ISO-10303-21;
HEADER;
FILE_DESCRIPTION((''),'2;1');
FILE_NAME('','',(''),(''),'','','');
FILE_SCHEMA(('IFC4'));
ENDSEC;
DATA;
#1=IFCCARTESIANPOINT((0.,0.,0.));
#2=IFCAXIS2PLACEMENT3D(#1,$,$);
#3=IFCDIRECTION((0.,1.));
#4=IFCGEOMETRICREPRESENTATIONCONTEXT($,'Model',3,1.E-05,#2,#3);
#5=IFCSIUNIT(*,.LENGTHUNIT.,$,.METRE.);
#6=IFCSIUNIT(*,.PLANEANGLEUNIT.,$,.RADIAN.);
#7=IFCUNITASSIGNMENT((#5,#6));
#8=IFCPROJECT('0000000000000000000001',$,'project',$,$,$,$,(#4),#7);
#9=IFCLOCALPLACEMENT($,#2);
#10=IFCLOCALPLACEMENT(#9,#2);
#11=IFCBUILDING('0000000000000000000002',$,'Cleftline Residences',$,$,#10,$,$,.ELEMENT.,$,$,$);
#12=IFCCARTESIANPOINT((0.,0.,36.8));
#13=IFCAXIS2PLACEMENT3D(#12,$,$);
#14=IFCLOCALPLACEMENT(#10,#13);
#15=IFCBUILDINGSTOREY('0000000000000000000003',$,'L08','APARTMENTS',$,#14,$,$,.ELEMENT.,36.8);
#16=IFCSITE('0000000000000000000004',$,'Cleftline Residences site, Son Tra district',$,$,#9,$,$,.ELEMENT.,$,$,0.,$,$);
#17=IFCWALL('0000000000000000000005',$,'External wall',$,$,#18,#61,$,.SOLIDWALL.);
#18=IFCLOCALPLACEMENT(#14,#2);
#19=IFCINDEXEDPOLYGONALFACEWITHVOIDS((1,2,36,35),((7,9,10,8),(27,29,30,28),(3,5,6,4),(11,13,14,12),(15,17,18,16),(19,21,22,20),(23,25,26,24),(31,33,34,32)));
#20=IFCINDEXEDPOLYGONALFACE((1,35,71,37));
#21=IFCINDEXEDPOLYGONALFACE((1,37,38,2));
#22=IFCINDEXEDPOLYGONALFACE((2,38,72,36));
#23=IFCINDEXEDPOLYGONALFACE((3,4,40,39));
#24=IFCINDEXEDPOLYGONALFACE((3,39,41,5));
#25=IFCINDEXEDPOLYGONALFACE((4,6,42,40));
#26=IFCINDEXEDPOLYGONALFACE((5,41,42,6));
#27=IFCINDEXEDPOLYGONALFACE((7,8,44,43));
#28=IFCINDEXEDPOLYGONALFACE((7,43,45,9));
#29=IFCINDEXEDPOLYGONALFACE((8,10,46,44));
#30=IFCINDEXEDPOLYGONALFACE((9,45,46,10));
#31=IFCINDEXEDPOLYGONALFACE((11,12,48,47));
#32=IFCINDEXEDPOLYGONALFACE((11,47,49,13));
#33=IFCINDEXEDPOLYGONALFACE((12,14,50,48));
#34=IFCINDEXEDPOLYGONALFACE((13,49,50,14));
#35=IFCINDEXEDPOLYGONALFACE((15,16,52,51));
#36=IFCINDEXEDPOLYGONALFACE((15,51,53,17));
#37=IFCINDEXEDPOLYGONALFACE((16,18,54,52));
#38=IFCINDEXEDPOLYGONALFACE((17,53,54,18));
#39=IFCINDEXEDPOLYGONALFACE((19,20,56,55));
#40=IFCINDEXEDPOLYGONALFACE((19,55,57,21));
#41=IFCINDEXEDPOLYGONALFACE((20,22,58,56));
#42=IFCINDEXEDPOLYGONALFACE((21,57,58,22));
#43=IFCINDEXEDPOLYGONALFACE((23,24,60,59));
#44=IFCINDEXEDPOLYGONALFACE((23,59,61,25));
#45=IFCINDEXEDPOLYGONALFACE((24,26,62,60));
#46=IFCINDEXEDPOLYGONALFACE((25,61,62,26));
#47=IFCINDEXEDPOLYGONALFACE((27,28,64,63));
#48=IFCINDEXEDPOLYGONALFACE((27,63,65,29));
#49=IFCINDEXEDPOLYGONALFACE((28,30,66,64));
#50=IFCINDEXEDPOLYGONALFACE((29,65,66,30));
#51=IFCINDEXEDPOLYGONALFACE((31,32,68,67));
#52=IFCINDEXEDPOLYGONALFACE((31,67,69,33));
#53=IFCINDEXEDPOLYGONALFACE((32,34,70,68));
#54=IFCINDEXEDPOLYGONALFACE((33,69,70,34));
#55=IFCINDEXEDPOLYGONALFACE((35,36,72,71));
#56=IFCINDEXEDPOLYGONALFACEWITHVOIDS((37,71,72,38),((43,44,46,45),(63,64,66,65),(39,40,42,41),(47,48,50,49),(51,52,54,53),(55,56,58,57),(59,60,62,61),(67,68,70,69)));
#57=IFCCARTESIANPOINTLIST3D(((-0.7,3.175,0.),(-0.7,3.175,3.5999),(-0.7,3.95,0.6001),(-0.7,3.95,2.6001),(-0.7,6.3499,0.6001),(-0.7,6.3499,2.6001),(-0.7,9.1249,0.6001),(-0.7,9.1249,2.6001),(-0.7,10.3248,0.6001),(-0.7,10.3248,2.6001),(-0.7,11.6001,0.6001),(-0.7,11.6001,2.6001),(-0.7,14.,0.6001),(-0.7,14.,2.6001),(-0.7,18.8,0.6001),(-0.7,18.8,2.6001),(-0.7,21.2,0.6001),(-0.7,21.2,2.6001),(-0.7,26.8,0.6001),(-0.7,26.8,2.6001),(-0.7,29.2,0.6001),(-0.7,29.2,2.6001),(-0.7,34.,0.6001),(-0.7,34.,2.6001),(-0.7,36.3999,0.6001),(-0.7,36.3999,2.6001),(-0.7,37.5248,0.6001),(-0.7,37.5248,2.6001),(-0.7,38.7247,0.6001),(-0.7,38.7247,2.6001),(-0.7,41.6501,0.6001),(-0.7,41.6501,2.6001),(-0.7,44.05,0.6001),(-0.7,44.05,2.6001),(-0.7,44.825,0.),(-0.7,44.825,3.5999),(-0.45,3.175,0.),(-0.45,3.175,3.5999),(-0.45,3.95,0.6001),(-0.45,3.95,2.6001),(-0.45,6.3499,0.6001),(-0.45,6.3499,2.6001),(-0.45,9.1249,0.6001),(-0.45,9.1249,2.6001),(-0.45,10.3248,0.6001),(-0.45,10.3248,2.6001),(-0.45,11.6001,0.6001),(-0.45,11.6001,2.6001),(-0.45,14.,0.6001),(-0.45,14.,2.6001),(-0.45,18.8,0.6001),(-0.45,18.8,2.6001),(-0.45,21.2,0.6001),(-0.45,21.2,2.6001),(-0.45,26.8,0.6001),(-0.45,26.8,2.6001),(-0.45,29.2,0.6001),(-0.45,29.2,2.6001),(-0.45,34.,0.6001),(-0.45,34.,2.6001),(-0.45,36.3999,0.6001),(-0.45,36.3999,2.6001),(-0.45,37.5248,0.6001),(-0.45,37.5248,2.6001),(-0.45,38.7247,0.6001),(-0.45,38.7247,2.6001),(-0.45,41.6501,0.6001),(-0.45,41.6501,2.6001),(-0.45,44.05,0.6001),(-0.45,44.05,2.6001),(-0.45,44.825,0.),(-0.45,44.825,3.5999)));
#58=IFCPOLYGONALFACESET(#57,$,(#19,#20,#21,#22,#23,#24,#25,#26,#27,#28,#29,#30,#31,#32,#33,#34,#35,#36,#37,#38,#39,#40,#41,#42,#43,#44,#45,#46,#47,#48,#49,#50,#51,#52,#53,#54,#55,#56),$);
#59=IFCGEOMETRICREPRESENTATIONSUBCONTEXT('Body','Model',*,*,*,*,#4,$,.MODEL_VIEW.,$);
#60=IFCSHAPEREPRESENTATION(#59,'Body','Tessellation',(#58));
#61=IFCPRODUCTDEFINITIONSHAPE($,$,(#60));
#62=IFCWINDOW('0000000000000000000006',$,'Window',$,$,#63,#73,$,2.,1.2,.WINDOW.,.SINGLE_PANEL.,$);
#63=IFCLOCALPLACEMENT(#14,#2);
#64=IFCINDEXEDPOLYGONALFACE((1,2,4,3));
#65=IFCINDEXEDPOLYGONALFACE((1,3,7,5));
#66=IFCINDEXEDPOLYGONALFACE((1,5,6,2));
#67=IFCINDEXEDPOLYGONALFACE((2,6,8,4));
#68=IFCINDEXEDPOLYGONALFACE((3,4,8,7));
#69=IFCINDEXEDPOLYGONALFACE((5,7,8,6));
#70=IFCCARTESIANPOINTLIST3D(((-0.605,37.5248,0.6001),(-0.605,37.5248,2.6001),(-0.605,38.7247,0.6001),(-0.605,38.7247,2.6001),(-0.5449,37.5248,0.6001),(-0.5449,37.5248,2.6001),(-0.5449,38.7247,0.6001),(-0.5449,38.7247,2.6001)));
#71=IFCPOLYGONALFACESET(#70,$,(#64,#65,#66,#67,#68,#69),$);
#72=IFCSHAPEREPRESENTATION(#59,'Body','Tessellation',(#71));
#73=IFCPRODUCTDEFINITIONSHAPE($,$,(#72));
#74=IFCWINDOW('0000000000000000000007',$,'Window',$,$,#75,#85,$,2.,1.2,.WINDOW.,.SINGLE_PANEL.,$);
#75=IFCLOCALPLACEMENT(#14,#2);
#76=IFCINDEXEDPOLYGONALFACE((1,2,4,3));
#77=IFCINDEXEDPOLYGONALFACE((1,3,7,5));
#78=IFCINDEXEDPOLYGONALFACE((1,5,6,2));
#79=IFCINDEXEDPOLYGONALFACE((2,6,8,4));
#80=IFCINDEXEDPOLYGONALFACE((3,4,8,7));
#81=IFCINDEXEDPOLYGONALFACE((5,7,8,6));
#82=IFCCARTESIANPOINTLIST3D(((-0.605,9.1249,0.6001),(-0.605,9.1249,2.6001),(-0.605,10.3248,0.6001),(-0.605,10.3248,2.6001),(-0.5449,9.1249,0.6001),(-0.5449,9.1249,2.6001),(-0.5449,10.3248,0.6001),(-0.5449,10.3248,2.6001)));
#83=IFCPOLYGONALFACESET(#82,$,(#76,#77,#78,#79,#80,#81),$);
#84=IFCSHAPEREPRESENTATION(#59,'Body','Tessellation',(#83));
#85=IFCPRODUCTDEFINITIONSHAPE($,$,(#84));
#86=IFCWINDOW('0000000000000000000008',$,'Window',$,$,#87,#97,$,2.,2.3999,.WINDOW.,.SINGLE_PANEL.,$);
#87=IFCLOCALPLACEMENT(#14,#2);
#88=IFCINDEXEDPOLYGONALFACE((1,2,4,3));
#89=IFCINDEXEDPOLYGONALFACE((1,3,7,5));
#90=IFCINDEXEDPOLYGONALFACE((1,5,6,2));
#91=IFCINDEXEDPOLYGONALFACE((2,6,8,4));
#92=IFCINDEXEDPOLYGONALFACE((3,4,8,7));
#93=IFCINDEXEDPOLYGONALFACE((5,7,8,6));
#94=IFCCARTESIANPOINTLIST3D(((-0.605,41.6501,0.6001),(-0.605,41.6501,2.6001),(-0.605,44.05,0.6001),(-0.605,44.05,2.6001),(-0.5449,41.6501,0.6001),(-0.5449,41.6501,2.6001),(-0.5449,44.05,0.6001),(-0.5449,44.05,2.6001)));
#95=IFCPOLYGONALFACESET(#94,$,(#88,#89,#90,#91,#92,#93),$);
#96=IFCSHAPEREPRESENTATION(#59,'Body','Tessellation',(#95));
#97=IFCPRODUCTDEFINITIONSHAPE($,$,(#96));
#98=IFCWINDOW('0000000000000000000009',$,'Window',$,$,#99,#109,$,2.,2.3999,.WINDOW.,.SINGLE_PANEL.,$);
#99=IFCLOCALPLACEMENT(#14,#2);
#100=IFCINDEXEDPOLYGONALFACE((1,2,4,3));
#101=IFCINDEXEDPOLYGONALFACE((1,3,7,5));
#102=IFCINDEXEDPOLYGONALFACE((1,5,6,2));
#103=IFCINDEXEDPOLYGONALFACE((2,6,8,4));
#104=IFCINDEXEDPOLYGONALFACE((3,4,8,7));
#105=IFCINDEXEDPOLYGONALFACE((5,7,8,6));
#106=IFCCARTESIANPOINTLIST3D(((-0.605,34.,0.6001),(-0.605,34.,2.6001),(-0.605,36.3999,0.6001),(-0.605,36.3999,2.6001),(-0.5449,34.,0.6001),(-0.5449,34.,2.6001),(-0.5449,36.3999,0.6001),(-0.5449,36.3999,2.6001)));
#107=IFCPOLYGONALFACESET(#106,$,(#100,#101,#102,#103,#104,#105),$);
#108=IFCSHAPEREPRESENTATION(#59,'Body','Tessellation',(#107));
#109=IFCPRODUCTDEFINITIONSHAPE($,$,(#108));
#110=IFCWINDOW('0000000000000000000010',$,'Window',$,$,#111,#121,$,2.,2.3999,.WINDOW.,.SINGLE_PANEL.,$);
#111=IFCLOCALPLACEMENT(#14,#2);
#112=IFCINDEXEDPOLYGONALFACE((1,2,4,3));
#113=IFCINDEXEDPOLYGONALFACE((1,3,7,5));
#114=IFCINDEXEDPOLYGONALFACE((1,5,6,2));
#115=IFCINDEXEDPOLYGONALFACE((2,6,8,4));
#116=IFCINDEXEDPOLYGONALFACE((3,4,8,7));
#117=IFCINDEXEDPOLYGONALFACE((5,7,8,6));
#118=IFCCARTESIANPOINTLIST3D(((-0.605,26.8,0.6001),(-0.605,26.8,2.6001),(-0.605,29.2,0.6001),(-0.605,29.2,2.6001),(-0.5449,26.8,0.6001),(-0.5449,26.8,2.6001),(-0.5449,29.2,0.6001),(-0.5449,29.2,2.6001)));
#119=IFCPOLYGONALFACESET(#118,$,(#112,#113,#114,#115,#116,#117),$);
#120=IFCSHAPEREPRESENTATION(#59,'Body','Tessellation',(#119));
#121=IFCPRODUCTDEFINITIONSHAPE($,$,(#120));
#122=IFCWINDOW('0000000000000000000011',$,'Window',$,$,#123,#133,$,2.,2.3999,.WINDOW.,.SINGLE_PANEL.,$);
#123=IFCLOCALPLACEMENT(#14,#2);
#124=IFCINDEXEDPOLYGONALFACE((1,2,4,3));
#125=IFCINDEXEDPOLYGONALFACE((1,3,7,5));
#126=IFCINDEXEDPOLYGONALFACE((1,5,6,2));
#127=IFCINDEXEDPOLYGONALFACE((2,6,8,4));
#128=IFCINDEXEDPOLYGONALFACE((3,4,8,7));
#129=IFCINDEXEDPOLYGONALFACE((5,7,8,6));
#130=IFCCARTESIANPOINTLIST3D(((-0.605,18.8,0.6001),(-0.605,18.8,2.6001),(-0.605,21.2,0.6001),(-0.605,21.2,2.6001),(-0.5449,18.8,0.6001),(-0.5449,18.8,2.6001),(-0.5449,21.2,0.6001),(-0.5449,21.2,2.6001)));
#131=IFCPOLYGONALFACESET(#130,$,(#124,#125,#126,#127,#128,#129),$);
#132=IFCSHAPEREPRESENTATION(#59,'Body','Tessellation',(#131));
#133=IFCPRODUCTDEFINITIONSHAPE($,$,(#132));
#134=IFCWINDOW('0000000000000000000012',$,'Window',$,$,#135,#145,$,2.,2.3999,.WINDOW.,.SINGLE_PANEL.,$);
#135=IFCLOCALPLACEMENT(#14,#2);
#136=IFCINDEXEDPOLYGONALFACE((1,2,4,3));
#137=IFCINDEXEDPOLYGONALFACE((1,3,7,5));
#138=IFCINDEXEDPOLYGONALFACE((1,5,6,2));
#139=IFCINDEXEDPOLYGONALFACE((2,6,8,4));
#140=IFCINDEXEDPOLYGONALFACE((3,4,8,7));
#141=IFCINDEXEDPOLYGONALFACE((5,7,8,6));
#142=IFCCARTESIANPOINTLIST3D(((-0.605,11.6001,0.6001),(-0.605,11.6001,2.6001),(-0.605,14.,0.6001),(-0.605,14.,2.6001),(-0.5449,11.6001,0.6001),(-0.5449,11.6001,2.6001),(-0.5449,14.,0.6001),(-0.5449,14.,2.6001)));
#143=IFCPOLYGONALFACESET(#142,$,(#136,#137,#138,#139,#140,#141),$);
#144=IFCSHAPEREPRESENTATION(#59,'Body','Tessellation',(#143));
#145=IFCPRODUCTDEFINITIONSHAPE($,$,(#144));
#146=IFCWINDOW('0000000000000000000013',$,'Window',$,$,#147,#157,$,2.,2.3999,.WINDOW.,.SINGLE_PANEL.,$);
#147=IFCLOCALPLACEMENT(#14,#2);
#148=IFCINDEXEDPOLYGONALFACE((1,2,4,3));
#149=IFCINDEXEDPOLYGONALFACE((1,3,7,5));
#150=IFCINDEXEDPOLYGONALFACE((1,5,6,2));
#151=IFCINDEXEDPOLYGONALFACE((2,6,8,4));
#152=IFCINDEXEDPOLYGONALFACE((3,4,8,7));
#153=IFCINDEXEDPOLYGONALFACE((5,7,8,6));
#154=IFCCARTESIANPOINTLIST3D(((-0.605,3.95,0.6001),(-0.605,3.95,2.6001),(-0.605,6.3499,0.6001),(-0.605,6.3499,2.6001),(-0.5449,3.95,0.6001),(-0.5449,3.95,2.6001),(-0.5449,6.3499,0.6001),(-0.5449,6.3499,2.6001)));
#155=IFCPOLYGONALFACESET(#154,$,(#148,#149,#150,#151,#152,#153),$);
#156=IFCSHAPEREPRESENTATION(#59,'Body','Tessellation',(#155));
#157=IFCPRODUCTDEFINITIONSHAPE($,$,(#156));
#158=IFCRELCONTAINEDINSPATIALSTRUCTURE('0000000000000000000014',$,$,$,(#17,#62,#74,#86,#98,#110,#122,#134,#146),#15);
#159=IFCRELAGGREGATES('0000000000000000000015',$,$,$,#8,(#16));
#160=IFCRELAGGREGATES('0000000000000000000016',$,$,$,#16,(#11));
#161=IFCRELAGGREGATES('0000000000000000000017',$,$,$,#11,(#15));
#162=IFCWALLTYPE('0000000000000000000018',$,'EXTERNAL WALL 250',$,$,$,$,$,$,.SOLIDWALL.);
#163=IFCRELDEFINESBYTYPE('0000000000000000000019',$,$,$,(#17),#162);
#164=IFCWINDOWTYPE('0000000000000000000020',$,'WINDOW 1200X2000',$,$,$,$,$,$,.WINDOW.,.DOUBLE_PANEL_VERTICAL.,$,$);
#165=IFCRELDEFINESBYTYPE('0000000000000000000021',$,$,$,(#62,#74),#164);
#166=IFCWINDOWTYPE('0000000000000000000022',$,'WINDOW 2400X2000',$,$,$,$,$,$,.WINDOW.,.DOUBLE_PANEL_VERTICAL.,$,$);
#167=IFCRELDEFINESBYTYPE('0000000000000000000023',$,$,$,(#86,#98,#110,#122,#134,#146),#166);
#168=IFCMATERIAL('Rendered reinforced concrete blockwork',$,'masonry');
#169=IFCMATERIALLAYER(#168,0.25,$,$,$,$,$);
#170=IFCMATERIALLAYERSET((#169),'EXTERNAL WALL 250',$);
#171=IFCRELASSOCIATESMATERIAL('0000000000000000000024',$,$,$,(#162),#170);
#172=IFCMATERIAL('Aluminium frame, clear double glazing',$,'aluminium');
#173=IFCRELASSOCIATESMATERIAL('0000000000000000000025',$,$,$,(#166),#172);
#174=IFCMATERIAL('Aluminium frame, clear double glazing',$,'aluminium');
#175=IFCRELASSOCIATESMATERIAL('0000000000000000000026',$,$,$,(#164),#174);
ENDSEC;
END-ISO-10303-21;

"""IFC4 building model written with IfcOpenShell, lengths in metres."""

from ifc_helpers import new_model, si_unit, direction, frame, frame_2d, origin, place, context, subcontext, project, spatial, rectangle, extrude, material, layer, layer_set, type_object, element, fill, save


model = new_model("IFC4")

# Units and contexts
model_context = context("Model", 3, precision=1e-05, world=origin(), true_north=direction((0.0, 1.0)))
body_context = subcontext(model_context, "Body", "Model", "MODEL_VIEW")
ifc_project = project(units=[si_unit("LENGTHUNIT", "METRE"), si_unit("PLANEANGLEUNIT", "RADIAN")], contexts=[model_context])

# Site, building, storey
site_placement = place(None, origin())
site = spatial("IfcSite", under=ifc_project, at=site_placement, Name="Cleftline Residences site, Son Tra district", CompositionType="ELEMENT", RefElevation=0.0)
building_placement = place(site_placement, origin())
building = spatial("IfcBuilding", under=site, at=building_placement, Name="Cleftline Residences", CompositionType="ELEMENT")
storey_placement = place(building_placement, frame((0.0, 0.0, 36.8)))
storey = spatial("IfcBuildingStorey", under=building, at=storey_placement, Name="L08", Description="APARTMENTS", CompositionType="ELEMENT", Elevation=36.8)

# Shared definitions
ifc_material_1 = material(Name="Rendered reinforced concrete blockwork", Category="masonry")
ifc_layer_1 = layer(ifc_material_1, 0.25)
ifc_layer_set_1 = layer_set([ifc_layer_1], Name="EXTERNAL WALL 250")
wall_type_1 = type_object("IfcWallType", Name="EXTERNAL WALL 250", PredefinedType="SOLIDWALL", material=ifc_layer_set_1)
ifc_material_2 = material(Name="Aluminium frame, clear double glazing", Category="aluminium")
window_type_1 = type_object("IfcWindowType", Name="WINDOW 2400X2000", PartitioningType="DOUBLE_PANEL_VERTICAL", PredefinedType="WINDOW", material=ifc_material_2)

# Wall, openings, windows
wall_1_placement = place(storey_placement, frame((-0.575, 44.825, 0.0), z_axis=(0.0, 0.0, 1.0), x_axis=(0.0, -1.0, 0.0)))
wall_1 = element("IfcWall", 1, at=wall_1_placement, inside=storey, type_object=wall_type_1, Name="External wall", PredefinedType="SOLIDWALL", context=body_context, shape_type="SweptSolid", body=[
    extrude(rectangle(XDim=41.6499, YDim=0.25, at=frame_2d((20.825, 0.0))), origin(), (0.0, 0.0, 1.0), 3.5999),
])
opening_1_placement = place(wall_1_placement, frame((0.7749, 0.0, 0.6001)))
opening_1 = element("IfcOpeningElement", 2, at=opening_1_placement, cuts=wall_1, PredefinedType="OPENING", context=body_context, shape_type="SweptSolid", body=[
    extrude(rectangle(XDim=2.3999, YDim=2.0, at=frame_2d((1.2, 1.0))), frame((0.0, 0.135, 0.0), z_axis=(0.0, -1.0, 0.0), x_axis=(1.0, 0.0, 0.0)), (0.0, 0.0, 1.0), 0.27),
])
opening_2_placement = place(wall_1_placement, frame((6.1001, 0.0, 0.6001)))
opening_2 = element("IfcOpeningElement", 3, at=opening_2_placement, cuts=wall_1, PredefinedType="OPENING", context=body_context, shape_type="SweptSolid", body=[
    extrude(rectangle(XDim=1.2, YDim=2.0, at=frame_2d((0.6001, 1.0))), frame((0.0, 0.135, 0.0), z_axis=(0.0, -1.0, 0.0), x_axis=(1.0, 0.0, 0.0)), (0.0, 0.0, 1.0), 0.27),
])
opening_3_placement = place(wall_1_placement, frame((8.425, 0.0, 0.6001)))
opening_3 = element("IfcOpeningElement", 4, at=opening_3_placement, cuts=wall_1, PredefinedType="OPENING", context=body_context, shape_type="SweptSolid", body=[
    extrude(rectangle(XDim=2.3999, YDim=2.0, at=frame_2d((1.2, 1.0))), frame((0.0, 0.135, 0.0), z_axis=(0.0, -1.0, 0.0), x_axis=(1.0, 0.0, 0.0)), (0.0, 0.0, 1.0), 0.27),
])
opening_4_placement = place(wall_1_placement, frame((15.625, 0.0, 0.6001)))
opening_4 = element("IfcOpeningElement", 5, at=opening_4_placement, cuts=wall_1, PredefinedType="OPENING", context=body_context, shape_type="SweptSolid", body=[
    extrude(rectangle(XDim=2.3999, YDim=2.0, at=frame_2d((1.2, 1.0))), frame((0.0, 0.135, 0.0), z_axis=(0.0, -1.0, 0.0), x_axis=(1.0, 0.0, 0.0)), (0.0, 0.0, 1.0), 0.27),
])
opening_5_placement = place(wall_1_placement, frame((23.625, 0.0, 0.6001)))
opening_5 = element("IfcOpeningElement", 6, at=opening_5_placement, cuts=wall_1, PredefinedType="OPENING", context=body_context, shape_type="SweptSolid", body=[
    extrude(rectangle(XDim=2.3999, YDim=2.0, at=frame_2d((1.2, 1.0))), frame((0.0, 0.135, 0.0), z_axis=(0.0, -1.0, 0.0), x_axis=(1.0, 0.0, 0.0)), (0.0, 0.0, 1.0), 0.27),
])
opening_6_placement = place(wall_1_placement, frame((30.825, 0.0, 0.6001)))
opening_6 = element("IfcOpeningElement", 7, at=opening_6_placement, cuts=wall_1, PredefinedType="OPENING", context=body_context, shape_type="SweptSolid", body=[
    extrude(rectangle(XDim=2.3999, YDim=2.0, at=frame_2d((1.2, 1.0))), frame((0.0, 0.135, 0.0), z_axis=(0.0, -1.0, 0.0), x_axis=(1.0, 0.0, 0.0)), (0.0, 0.0, 1.0), 0.27),
])
opening_7_placement = place(wall_1_placement, frame((34.5, 0.0, 0.6001)))
opening_7 = element("IfcOpeningElement", 8, at=opening_7_placement, cuts=wall_1, PredefinedType="OPENING", context=body_context, shape_type="SweptSolid", body=[
    extrude(rectangle(XDim=1.2, YDim=2.0, at=frame_2d((0.6001, 1.0))), frame((0.0, 0.135, 0.0), z_axis=(0.0, -1.0, 0.0), x_axis=(1.0, 0.0, 0.0)), (0.0, 0.0, 1.0), 0.27),
])
opening_8_placement = place(wall_1_placement, frame((38.4751, 0.0, 0.6001)))
opening_8 = element("IfcOpeningElement", 9, at=opening_8_placement, cuts=wall_1, PredefinedType="OPENING", context=body_context, shape_type="SweptSolid", body=[
    extrude(rectangle(XDim=2.3999, YDim=2.0, at=frame_2d((1.2, 1.0))), frame((0.0, 0.135, 0.0), z_axis=(0.0, -1.0, 0.0), x_axis=(1.0, 0.0, 0.0)), (0.0, 0.0, 1.0), 0.27),
])
ifc_material_3 = material(Name="Aluminium frame, clear double glazing", Category="aluminium")
window_type_2 = type_object("IfcWindowType", Name="WINDOW 1200X2000", PartitioningType="DOUBLE_PANEL_VERTICAL", PredefinedType="WINDOW", material=ifc_material_3)
window_1_placement = place(opening_2_placement, origin())
window_1 = element("IfcWindow", 10, at=window_1_placement, inside=storey, type_object=window_type_2, Name="Window", OverallHeight=2.0, OverallWidth=1.2, PartitioningType="SINGLE_PANEL", PredefinedType="WINDOW", context=body_context, shape_type="SweptSolid", body=[
    extrude(rectangle(XDim=1.2, YDim=2.0, at=frame_2d((0.6001, 1.0))), frame((0.0, 0.03, 0.0), z_axis=(0.0, -1.0, 0.0), x_axis=(1.0, 0.0, 0.0)), (0.0, 0.0, 1.0), 0.0601),
])
fill(opening_2, window_1)
window_2_placement = place(opening_7_placement, origin())
window_2 = element("IfcWindow", 11, at=window_2_placement, inside=storey, type_object=window_type_2, Name="Window", OverallHeight=2.0, OverallWidth=1.2, PartitioningType="SINGLE_PANEL", PredefinedType="WINDOW", context=body_context, shape_type="SweptSolid", body=[
    extrude(rectangle(XDim=1.2, YDim=2.0, at=frame_2d((0.6001, 1.0))), frame((0.0, 0.03, 0.0), z_axis=(0.0, -1.0, 0.0), x_axis=(1.0, 0.0, 0.0)), (0.0, 0.0, 1.0), 0.0601),
])
fill(opening_7, window_2)
window_3_placement = place(opening_1_placement, origin())
window_3 = element("IfcWindow", 12, at=window_3_placement, inside=storey, type_object=window_type_1, Name="Window", OverallHeight=2.0, OverallWidth=2.3999, PartitioningType="SINGLE_PANEL", PredefinedType="WINDOW", context=body_context, shape_type="SweptSolid", body=[
    extrude(rectangle(XDim=2.3999, YDim=2.0, at=frame_2d((1.2, 1.0))), frame((0.0, 0.03, 0.0), z_axis=(0.0, -1.0, 0.0), x_axis=(1.0, 0.0, 0.0)), (0.0, 0.0, 1.0), 0.0601),
])
fill(opening_1, window_3)
window_4_placement = place(opening_3_placement, origin())
window_4 = element("IfcWindow", 13, at=window_4_placement, inside=storey, type_object=window_type_1, Name="Window", OverallHeight=2.0, OverallWidth=2.3999, PartitioningType="SINGLE_PANEL", PredefinedType="WINDOW", context=body_context, shape_type="SweptSolid", body=[
    extrude(rectangle(XDim=2.3999, YDim=2.0, at=frame_2d((1.2, 1.0))), frame((0.0, 0.03, 0.0), z_axis=(0.0, -1.0, 0.0), x_axis=(1.0, 0.0, 0.0)), (0.0, 0.0, 1.0), 0.0601),
])
fill(opening_3, window_4)
window_5_placement = place(opening_4_placement, origin())
window_5 = element("IfcWindow", 14, at=window_5_placement, inside=storey, type_object=window_type_1, Name="Window", OverallHeight=2.0, OverallWidth=2.3999, PartitioningType="SINGLE_PANEL", PredefinedType="WINDOW", context=body_context, shape_type="SweptSolid", body=[
    extrude(rectangle(XDim=2.3999, YDim=2.0, at=frame_2d((1.2, 1.0))), frame((0.0, 0.03, 0.0), z_axis=(0.0, -1.0, 0.0), x_axis=(1.0, 0.0, 0.0)), (0.0, 0.0, 1.0), 0.0601),
])
fill(opening_4, window_5)
window_6_placement = place(opening_5_placement, origin())
window_6 = element("IfcWindow", 15, at=window_6_placement, inside=storey, type_object=window_type_1, Name="Window", OverallHeight=2.0, OverallWidth=2.3999, PartitioningType="SINGLE_PANEL", PredefinedType="WINDOW", context=body_context, shape_type="SweptSolid", body=[
    extrude(rectangle(XDim=2.3999, YDim=2.0, at=frame_2d((1.2, 1.0))), frame((0.0, 0.03, 0.0), z_axis=(0.0, -1.0, 0.0), x_axis=(1.0, 0.0, 0.0)), (0.0, 0.0, 1.0), 0.0601),
])
fill(opening_5, window_6)
window_7_placement = place(opening_6_placement, origin())
window_7 = element("IfcWindow", 16, at=window_7_placement, inside=storey, type_object=window_type_1, Name="Window", OverallHeight=2.0, OverallWidth=2.3999, PartitioningType="SINGLE_PANEL", PredefinedType="WINDOW", context=body_context, shape_type="SweptSolid", body=[
    extrude(rectangle(XDim=2.3999, YDim=2.0, at=frame_2d((1.2, 1.0))), frame((0.0, 0.03, 0.0), z_axis=(0.0, -1.0, 0.0), x_axis=(1.0, 0.0, 0.0)), (0.0, 0.0, 1.0), 0.0601),
])
fill(opening_6, window_7)
window_8_placement = place(opening_8_placement, origin())
window_8 = element("IfcWindow", 17, at=window_8_placement, inside=storey, type_object=window_type_1, Name="Window", OverallHeight=2.0, OverallWidth=2.3999, PartitioningType="SINGLE_PANEL", PredefinedType="WINDOW", context=body_context, shape_type="SweptSolid", body=[
    extrude(rectangle(XDim=2.3999, YDim=2.0, at=frame_2d((1.2, 1.0))), frame((0.0, 0.03, 0.0), z_axis=(0.0, -1.0, 0.0), x_axis=(1.0, 0.0, 0.0)), (0.0, 0.0, 1.0), 0.0601),
])
fill(opening_8, window_8)

save(model, "model.ifc")
